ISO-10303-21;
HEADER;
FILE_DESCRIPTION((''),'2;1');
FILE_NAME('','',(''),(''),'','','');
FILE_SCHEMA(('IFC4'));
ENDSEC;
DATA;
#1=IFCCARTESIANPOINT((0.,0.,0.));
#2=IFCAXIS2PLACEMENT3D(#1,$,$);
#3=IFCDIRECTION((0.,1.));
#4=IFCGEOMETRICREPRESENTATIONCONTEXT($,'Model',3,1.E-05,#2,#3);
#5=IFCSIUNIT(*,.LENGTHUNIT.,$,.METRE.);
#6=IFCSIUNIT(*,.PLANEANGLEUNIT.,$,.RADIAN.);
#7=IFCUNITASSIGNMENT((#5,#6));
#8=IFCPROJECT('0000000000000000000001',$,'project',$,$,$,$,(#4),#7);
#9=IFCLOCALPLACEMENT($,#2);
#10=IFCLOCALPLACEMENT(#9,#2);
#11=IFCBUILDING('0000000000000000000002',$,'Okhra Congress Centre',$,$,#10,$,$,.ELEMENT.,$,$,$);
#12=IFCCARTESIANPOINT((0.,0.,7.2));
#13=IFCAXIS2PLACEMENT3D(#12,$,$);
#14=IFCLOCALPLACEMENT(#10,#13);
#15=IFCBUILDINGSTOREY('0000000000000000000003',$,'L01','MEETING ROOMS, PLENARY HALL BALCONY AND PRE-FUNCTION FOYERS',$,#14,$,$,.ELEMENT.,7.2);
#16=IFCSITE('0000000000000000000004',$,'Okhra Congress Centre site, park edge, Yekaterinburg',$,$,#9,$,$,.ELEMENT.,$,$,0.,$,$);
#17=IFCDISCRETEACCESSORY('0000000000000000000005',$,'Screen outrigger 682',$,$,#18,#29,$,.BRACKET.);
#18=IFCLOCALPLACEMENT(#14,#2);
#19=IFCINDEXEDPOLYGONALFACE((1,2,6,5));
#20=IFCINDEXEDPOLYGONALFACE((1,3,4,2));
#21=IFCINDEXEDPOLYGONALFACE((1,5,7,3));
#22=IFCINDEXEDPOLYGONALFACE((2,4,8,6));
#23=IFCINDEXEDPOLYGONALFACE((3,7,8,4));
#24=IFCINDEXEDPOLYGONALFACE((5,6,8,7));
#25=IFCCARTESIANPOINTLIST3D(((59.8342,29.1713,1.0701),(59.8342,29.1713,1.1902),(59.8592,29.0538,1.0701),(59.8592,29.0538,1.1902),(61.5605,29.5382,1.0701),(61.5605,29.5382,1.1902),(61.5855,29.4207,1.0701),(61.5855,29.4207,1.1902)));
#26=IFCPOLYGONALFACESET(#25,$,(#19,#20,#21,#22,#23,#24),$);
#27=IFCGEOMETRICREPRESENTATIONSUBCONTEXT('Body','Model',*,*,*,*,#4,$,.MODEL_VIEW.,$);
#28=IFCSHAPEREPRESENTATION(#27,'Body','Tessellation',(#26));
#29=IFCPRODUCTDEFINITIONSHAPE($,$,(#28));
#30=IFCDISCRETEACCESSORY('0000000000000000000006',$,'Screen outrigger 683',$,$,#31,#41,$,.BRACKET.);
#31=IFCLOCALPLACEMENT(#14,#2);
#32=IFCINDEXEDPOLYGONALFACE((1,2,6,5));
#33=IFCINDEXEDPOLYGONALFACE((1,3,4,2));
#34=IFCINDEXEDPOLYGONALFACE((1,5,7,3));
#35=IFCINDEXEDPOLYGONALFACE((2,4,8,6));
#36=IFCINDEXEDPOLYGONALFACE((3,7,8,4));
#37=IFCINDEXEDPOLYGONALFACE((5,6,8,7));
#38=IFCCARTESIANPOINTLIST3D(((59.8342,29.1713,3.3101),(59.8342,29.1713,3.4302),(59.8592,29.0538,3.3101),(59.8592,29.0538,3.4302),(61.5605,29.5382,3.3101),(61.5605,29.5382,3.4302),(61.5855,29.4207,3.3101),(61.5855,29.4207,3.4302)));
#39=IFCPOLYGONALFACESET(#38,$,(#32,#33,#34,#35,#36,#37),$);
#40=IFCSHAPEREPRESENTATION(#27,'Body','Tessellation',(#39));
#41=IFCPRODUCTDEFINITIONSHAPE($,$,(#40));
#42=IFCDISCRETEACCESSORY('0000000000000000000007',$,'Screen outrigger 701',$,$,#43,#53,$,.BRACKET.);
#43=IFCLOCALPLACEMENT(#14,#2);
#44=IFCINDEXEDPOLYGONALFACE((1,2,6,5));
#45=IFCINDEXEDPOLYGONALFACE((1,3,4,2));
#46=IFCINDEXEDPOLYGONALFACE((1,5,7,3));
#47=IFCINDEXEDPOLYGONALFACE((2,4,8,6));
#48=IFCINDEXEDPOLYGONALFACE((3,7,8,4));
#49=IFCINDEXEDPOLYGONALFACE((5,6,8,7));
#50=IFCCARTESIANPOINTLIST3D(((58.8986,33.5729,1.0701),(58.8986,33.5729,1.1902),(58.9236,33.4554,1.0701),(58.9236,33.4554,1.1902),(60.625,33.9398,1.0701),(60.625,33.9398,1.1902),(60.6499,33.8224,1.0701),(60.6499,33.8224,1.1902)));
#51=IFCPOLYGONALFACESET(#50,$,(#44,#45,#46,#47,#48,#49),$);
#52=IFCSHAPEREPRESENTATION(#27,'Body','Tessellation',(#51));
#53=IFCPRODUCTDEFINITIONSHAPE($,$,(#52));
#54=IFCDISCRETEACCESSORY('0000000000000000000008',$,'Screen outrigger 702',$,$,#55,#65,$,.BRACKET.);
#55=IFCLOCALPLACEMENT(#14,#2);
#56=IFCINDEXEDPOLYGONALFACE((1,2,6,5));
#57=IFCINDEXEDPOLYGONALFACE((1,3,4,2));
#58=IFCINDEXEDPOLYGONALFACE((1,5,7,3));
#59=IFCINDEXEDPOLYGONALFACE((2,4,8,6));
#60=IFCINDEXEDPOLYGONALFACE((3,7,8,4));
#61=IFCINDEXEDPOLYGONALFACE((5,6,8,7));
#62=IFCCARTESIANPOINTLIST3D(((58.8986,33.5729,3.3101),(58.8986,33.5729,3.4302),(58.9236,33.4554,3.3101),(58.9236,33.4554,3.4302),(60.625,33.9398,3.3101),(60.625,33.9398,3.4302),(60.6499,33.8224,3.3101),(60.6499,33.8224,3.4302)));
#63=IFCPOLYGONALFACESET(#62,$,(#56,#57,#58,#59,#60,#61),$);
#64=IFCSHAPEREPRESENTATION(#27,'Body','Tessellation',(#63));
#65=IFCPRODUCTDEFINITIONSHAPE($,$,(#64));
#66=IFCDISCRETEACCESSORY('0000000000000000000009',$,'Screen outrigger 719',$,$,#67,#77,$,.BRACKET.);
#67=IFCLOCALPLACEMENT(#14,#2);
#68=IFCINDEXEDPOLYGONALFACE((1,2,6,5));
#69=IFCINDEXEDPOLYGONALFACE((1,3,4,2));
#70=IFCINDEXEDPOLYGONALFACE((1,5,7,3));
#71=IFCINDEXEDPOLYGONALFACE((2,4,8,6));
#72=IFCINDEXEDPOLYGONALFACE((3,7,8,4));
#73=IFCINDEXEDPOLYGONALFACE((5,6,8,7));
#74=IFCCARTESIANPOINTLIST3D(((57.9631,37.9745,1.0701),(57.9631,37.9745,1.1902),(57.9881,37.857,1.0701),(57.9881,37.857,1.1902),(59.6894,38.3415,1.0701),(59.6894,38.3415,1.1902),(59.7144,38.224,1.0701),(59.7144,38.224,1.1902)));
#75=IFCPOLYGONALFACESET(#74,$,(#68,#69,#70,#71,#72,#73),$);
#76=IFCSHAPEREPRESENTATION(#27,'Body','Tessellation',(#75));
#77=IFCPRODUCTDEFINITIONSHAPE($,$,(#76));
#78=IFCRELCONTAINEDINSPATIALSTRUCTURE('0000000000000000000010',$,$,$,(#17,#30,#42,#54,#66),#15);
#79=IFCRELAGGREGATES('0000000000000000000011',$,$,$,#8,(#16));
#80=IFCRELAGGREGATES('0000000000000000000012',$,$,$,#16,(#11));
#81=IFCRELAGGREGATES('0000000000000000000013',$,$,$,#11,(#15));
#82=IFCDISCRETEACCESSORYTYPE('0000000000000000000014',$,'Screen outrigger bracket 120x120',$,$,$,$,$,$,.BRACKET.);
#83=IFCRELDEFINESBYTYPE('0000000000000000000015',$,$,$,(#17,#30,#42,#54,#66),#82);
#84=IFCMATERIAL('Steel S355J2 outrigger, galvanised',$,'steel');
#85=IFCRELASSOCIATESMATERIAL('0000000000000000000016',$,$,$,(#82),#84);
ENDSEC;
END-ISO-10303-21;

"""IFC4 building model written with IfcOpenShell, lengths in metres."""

from ifc_helpers import new_model, si_unit, direction, frame, origin, origin_2d, place, context, subcontext, project, spatial, rectangle, extrude, material, material_profile, profile_set, type_object, element, save


model = new_model("IFC4")

# Units and contexts
model_context = context("Model", 3, precision=1e-05, world=origin(), true_north=direction((0.0, 1.0)))
body_context = subcontext(model_context, "Body", "Model", "MODEL_VIEW")
ifc_project = project(units=[si_unit("LENGTHUNIT", "METRE"), si_unit("PLANEANGLEUNIT", "RADIAN")], contexts=[model_context])

# Site, building, storey
site_placement = place(None, origin())
site = spatial("IfcSite", under=ifc_project, at=site_placement, Name="Okhra Congress Centre site, park edge, Yekaterinburg", CompositionType="ELEMENT", RefElevation=0.0)
building_placement = place(site_placement, origin())
building = spatial("IfcBuilding", under=site, at=building_placement, Name="Okhra Congress Centre", CompositionType="ELEMENT")
storey_placement = place(building_placement, frame((0.0, 0.0, 7.2)))
storey = spatial("IfcBuildingStorey", under=building, at=storey_placement, Name="L01", Description="MEETING ROOMS, PLENARY HALL BALCONY AND PRE-FUNCTION FOYERS", CompositionType="ELEMENT", Elevation=7.2)

# Discrete accessories
ifc_material_1 = material(Name="Steel S355J2 outrigger, galvanised", Category="steel")
ifc_material_profile_1 = material_profile(ifc_material_1, rectangle(XDim=0.1201, YDim=0.1201, at=origin_2d()), Name="Screen outrigger bracket 120x120")
ifc_profile_set_1 = profile_set([ifc_material_profile_1], Name="Steel S355J2 outrigger, galvanised")
discrete_accessory_type = type_object("IfcDiscreteAccessoryType", Name="Screen outrigger bracket 120x120", PredefinedType="BRACKET", material=ifc_profile_set_1)
for number, where, z_axis, x_axis, name in (
    (1, (61.573, 29.4795, 1.1301), (-0.978147, -0.207913, 0.0), (0.207913, -0.978147, 0.0), "Screen outrigger 682"),
    (2, (61.573, 29.4795, 3.3701), (-0.978147, -0.207913, 0.0), (0.207913, -0.978147, 0.0), "Screen outrigger 683"),
    (3, (60.6375, 33.8811, 1.1301), (-0.978147, -0.207913, 0.0), (0.207913, -0.978147, 0.0), "Screen outrigger 701"),
    (4, (60.6375, 33.8811, 3.3701), (-0.978147, -0.207913, 0.0), (0.207913, -0.978147, 0.0), "Screen outrigger 702"),
    (5, (59.7019, 38.2827, 1.1301), (-0.978147, -0.207913, 0.0), (0.207913, -0.978147, 0.0), "Screen outrigger 719"),
):
    element("IfcDiscreteAccessory", number, at=place(storey_placement, frame(where, z_axis=z_axis, x_axis=x_axis)), inside=storey, type_object=discrete_accessory_type, Name=name, PredefinedType="BRACKET", context=body_context, shape_type="SweptSolid", body=[
        extrude(rectangle(XDim=0.1201, YDim=0.1201, at=origin_2d()), origin(), (0.0, 0.0, 1.0), 1.7649),
    ])

save(model, "model.ifc")
